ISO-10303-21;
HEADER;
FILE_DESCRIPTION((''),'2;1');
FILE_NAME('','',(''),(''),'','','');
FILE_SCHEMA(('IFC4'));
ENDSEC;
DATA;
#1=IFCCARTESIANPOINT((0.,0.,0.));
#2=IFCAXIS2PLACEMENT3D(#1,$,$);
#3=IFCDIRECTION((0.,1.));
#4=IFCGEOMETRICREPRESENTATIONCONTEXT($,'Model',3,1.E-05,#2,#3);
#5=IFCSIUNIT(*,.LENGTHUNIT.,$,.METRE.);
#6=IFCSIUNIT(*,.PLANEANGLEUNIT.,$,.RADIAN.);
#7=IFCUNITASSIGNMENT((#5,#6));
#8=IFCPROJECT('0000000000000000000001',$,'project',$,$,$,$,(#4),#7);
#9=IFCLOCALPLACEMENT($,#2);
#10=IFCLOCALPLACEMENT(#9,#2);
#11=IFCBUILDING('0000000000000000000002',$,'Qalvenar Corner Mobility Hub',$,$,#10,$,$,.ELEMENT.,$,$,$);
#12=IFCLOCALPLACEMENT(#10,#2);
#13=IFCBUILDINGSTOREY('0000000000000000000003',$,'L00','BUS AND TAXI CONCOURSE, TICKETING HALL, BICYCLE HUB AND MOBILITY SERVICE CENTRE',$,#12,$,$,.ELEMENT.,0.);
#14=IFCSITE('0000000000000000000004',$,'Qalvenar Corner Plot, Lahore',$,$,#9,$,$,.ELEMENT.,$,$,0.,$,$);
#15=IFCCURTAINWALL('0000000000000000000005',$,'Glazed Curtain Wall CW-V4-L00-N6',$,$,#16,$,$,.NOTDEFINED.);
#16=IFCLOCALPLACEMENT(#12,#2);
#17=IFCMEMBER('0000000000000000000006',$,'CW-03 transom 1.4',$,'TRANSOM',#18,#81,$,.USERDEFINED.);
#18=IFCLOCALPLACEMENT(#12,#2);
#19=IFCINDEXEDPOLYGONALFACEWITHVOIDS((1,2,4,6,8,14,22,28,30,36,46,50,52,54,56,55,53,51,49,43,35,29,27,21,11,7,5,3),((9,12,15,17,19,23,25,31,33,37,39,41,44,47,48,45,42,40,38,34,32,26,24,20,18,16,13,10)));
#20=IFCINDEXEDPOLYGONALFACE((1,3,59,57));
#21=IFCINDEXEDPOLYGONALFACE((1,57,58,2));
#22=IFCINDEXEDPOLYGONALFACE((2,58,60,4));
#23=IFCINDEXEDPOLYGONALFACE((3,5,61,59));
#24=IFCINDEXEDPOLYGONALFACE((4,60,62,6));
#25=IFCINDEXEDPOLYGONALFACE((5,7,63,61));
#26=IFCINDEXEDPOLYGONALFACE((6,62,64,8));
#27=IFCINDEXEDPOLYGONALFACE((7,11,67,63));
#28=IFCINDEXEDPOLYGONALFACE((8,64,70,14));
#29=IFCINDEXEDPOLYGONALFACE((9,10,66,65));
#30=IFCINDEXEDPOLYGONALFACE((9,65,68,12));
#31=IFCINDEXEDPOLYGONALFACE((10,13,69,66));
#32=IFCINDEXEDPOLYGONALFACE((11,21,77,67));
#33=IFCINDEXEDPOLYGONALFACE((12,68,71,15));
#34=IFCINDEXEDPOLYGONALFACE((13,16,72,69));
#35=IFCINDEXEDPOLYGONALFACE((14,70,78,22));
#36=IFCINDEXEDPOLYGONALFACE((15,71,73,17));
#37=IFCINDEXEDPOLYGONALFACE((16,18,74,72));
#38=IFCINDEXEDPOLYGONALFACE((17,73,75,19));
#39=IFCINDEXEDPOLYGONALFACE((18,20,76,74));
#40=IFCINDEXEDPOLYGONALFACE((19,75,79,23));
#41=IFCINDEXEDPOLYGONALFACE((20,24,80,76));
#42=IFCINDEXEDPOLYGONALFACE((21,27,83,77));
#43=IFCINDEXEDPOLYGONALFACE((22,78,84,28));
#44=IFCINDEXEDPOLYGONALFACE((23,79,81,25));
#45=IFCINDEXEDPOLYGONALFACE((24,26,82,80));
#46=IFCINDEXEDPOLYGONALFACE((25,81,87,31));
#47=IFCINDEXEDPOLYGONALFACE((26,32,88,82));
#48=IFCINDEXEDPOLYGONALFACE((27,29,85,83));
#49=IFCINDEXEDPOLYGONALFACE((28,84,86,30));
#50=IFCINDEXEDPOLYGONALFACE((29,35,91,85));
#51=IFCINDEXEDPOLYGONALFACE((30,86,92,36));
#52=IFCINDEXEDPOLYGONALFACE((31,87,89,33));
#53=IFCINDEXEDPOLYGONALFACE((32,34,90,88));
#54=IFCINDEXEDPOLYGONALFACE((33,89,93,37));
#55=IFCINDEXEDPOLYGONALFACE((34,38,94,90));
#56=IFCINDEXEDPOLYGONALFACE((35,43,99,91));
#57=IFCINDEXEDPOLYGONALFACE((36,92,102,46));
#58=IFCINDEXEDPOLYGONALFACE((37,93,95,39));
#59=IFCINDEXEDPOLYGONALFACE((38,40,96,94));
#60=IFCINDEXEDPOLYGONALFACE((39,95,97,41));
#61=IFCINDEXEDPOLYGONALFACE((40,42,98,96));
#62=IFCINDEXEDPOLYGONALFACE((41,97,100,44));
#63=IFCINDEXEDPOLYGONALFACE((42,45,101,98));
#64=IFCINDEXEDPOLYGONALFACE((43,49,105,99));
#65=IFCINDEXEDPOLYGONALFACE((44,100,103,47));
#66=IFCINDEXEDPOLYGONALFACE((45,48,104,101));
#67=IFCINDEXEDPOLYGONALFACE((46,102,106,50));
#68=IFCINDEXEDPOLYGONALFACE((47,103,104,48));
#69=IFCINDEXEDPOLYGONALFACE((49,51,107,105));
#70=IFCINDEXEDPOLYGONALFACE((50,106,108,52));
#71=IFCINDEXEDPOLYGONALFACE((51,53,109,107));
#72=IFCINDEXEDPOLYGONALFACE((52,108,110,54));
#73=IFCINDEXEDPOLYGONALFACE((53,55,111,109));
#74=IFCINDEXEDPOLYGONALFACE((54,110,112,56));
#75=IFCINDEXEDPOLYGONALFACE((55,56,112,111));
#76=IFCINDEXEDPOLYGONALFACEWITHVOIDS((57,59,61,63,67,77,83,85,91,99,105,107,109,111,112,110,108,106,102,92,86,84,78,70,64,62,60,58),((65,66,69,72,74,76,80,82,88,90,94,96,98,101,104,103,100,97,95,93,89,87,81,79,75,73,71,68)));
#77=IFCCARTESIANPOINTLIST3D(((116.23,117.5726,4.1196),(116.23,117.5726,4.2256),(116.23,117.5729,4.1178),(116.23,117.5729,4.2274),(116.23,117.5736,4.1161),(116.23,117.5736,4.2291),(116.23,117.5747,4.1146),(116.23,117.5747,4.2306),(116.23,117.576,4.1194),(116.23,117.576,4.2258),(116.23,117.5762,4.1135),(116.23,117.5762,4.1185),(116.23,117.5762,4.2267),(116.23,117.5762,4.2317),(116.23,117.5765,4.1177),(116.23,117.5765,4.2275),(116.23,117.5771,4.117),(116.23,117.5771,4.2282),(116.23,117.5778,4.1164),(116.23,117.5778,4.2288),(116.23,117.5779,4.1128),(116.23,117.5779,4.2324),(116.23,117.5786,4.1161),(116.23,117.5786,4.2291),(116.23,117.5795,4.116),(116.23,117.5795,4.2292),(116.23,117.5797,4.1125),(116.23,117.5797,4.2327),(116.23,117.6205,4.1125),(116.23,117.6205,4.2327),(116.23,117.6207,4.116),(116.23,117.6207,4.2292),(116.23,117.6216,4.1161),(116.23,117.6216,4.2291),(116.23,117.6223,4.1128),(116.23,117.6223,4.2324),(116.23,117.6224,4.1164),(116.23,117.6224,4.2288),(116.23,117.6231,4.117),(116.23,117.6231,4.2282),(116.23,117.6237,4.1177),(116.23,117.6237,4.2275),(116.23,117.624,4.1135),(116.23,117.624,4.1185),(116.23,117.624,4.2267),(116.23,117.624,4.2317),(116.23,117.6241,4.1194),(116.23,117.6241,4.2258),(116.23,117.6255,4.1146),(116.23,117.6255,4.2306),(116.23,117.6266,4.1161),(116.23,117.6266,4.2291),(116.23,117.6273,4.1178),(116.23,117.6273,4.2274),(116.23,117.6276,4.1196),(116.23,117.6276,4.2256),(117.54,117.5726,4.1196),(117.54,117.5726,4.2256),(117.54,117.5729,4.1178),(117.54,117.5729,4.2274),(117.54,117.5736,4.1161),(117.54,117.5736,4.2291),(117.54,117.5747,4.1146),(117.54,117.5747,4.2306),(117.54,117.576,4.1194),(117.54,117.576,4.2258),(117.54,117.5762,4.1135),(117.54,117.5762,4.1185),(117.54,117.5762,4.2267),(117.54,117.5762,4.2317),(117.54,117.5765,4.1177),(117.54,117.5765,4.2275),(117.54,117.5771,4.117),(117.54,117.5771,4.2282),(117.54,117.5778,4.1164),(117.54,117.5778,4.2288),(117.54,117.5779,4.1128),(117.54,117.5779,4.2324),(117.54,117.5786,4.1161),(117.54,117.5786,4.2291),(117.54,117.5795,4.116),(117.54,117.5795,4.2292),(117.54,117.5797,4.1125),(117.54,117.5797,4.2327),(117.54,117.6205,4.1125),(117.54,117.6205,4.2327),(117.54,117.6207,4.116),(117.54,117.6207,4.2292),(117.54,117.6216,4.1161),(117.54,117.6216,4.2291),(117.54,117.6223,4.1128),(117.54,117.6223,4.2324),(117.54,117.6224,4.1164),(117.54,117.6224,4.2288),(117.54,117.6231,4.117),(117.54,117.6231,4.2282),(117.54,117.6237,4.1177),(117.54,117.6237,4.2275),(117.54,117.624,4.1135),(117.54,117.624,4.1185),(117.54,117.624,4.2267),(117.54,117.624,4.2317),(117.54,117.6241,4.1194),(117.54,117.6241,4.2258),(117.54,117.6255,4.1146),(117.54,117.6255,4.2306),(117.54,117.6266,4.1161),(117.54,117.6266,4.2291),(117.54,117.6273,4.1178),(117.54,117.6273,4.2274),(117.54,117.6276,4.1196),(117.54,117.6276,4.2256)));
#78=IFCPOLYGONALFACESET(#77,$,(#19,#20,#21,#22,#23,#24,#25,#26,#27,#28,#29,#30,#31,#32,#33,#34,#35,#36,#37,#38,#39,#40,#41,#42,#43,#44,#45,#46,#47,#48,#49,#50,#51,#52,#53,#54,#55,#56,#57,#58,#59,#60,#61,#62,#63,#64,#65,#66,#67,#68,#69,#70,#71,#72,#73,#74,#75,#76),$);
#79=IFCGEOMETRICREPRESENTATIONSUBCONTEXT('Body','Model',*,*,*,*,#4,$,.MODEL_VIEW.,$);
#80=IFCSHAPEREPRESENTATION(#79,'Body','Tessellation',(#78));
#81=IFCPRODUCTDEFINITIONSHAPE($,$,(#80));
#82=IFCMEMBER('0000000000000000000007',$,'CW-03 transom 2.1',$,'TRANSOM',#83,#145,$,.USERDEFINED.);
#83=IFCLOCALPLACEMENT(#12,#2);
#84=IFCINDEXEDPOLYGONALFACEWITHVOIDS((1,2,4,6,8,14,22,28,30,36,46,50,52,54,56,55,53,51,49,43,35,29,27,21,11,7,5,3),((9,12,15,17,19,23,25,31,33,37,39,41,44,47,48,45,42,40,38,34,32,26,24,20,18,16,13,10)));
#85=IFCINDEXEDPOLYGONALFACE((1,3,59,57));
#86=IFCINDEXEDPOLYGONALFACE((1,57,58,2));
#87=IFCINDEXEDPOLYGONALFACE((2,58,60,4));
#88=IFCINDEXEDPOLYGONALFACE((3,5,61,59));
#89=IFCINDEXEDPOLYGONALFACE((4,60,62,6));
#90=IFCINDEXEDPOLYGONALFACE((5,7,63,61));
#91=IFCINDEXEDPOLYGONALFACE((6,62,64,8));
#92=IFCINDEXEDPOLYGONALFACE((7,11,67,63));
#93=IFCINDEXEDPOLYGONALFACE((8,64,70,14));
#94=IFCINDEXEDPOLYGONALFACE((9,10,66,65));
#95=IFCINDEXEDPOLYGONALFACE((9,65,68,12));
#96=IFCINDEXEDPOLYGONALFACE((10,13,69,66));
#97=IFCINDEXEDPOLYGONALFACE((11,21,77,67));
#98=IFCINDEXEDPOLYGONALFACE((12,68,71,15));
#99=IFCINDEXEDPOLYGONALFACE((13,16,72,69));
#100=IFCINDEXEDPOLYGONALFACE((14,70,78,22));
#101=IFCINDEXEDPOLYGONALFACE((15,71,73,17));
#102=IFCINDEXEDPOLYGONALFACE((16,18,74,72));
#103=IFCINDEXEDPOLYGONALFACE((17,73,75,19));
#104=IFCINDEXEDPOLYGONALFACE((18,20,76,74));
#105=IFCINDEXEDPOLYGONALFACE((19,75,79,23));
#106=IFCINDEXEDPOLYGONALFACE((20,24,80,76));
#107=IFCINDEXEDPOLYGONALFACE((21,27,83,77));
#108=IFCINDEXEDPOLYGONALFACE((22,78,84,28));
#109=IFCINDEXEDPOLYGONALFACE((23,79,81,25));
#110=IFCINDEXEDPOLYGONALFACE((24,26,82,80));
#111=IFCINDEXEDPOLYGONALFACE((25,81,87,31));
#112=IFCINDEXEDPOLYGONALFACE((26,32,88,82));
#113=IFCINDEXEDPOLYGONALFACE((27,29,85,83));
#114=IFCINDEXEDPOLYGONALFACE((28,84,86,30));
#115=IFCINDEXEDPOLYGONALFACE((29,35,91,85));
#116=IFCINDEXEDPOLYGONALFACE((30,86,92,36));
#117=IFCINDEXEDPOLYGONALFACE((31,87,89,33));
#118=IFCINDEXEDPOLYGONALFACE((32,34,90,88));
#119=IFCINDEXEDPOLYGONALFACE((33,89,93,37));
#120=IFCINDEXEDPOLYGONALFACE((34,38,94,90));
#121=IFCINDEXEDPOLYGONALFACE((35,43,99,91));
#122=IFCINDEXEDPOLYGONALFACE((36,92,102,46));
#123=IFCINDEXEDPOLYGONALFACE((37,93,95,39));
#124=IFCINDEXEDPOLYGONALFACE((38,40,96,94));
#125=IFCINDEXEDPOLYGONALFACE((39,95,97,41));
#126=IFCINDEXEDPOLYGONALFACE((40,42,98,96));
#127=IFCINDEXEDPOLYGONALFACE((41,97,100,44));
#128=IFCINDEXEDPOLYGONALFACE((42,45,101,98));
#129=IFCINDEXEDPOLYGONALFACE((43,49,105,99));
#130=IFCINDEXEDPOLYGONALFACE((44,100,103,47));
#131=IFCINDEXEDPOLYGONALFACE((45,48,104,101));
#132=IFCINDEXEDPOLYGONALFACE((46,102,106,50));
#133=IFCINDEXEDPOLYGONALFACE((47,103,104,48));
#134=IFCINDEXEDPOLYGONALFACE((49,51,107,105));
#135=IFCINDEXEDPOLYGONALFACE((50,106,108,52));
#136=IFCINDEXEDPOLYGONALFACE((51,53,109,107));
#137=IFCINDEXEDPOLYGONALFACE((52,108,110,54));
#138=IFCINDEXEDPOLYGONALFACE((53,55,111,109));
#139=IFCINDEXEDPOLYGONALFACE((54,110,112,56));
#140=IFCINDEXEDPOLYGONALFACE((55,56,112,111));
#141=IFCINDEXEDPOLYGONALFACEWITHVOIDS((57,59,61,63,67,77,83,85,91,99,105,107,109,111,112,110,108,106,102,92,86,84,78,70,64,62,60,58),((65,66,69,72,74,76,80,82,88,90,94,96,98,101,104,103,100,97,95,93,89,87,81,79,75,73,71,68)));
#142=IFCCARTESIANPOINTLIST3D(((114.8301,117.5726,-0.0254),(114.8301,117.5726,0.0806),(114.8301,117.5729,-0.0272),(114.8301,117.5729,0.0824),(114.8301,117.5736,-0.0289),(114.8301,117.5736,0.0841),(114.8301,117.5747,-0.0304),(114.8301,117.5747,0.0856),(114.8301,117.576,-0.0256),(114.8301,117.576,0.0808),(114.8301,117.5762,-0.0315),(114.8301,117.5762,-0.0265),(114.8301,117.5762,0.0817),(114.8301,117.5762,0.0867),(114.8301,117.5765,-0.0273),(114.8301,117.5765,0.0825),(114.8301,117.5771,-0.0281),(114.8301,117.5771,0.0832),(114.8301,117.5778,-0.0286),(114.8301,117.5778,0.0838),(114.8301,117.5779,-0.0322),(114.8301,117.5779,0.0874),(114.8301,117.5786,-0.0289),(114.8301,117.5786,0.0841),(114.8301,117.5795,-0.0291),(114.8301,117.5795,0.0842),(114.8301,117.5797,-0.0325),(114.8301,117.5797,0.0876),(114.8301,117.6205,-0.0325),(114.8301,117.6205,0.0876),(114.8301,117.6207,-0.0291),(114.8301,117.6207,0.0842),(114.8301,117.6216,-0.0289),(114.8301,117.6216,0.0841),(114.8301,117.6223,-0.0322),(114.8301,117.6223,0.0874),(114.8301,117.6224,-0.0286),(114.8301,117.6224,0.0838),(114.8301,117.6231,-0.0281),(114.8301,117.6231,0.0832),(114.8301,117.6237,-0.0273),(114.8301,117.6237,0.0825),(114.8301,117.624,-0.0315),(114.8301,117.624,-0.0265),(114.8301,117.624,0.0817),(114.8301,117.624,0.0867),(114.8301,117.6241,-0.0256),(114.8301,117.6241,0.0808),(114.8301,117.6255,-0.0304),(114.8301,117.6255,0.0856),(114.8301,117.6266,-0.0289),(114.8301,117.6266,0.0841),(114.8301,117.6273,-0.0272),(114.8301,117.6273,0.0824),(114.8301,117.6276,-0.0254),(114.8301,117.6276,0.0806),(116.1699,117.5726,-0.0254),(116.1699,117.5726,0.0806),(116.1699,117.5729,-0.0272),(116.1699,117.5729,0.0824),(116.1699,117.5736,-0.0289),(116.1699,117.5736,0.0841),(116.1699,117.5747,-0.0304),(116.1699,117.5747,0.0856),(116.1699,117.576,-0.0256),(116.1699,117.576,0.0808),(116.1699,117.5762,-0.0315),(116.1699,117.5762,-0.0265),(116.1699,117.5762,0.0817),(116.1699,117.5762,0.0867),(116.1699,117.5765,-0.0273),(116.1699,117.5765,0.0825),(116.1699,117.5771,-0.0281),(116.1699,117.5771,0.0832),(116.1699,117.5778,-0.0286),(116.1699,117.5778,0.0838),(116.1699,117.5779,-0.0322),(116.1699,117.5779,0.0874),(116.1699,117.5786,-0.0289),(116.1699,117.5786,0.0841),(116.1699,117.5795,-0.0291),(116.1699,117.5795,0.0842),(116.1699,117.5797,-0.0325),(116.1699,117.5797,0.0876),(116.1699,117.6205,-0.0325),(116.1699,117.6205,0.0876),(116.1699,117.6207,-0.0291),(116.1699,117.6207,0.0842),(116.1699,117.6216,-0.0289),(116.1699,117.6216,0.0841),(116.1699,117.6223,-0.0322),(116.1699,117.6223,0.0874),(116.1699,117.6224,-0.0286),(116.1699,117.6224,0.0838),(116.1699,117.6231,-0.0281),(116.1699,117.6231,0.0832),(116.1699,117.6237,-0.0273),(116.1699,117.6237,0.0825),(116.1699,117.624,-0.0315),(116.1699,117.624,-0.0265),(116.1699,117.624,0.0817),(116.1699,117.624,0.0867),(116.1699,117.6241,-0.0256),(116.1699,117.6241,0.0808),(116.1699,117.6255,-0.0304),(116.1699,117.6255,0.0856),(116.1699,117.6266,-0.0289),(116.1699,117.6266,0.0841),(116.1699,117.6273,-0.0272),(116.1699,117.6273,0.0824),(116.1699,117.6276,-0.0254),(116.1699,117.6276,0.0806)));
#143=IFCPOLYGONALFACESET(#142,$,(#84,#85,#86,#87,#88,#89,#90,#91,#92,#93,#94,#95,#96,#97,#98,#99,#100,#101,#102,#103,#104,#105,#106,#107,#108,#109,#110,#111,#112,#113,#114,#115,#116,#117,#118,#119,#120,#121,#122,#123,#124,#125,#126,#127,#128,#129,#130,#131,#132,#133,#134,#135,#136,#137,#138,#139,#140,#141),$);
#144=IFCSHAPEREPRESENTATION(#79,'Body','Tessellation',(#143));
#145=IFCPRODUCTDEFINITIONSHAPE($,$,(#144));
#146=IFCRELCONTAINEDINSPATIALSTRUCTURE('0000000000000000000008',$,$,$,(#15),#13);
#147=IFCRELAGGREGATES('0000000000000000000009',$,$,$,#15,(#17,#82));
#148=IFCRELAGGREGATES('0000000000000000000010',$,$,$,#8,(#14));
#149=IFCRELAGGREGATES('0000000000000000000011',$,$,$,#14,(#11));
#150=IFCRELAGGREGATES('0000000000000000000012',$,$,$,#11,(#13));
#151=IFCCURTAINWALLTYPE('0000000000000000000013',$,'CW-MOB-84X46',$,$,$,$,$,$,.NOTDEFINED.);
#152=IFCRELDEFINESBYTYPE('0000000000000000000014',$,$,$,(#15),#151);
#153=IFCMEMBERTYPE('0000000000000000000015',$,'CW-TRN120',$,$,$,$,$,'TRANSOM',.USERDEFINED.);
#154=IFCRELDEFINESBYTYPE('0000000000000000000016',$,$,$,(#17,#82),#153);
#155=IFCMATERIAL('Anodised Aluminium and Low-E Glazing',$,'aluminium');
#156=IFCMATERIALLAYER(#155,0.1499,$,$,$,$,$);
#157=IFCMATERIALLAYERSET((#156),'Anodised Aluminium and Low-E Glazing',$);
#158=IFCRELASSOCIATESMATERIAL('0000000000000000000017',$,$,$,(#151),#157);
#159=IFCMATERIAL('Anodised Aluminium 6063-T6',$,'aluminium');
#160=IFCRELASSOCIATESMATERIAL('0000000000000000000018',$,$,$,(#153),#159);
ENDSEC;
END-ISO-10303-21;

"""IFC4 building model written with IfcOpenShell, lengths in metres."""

from ifc_helpers import new_model, si_unit, direction, frame, origin, origin_2d, place, context, subcontext, project, spatial, hollow_rectangle, extrude, material, layer, layer_set, material_profile, profile_set, type_object, element, aggregate, save


model = new_model("IFC4")

# Units and contexts
model_context = context("Model", 3, precision=1e-05, world=origin(), true_north=direction((0.0, 1.0)))
body_context = subcontext(model_context, "Body", "Model", "MODEL_VIEW")
ifc_project = project(units=[si_unit("LENGTHUNIT", "METRE"), si_unit("PLANEANGLEUNIT", "RADIAN")], contexts=[model_context])

# Site, building, storey
site_placement = place(None, origin())
site = spatial("IfcSite", under=ifc_project, at=site_placement, Name="Qalvenar Corner Plot, Lahore", CompositionType="ELEMENT", RefElevation=0.0)
building_placement = place(site_placement, origin())
building = spatial("IfcBuilding", under=site, at=building_placement, Name="Qalvenar Corner Mobility Hub", CompositionType="ELEMENT")
storey_placement = place(building_placement, origin())
storey = spatial("IfcBuildingStorey", under=building, at=storey_placement, Name="L00", Description="BUS AND TAXI CONCOURSE, TICKETING HALL, BICYCLE HUB AND MOBILITY SERVICE CENTRE", CompositionType="ELEMENT", Elevation=0.0)

# Curtain wall, members
ifc_material_1 = material(Name="Anodised Aluminium and Low-E Glazing", Category="aluminium")
ifc_layer_1 = layer(ifc_material_1, 0.1499)
ifc_layer_set_1 = layer_set([ifc_layer_1], Name="Anodised Aluminium and Low-E Glazing")
curtain_wall_type = type_object("IfcCurtainWallType", Name="CW-MOB-84X46", PredefinedType="NOTDEFINED", material=ifc_layer_set_1)
curtain_wall_placement = place(storey_placement, origin())
curtain_wall = element("IfcCurtainWall", 1, at=curtain_wall_placement, inside=storey, type_object=curtain_wall_type, Name="Glazed Curtain Wall CW-V4-L00-N6", PredefinedType="NOTDEFINED")
ifc_material_2 = material(Name="Anodised Aluminium 6063-T6", Category="aluminium")
ifc_material_profile_1 = material_profile(ifc_material_2, hollow_rectangle(XDim=0.0549, YDim=0.1201, WallThickness=0.0034, InnerFilletRadius=0.0034, OuterFilletRadius=0.0071, at=origin_2d()), Name="RHS120x55x3.5")
ifc_profile_set_1 = profile_set([ifc_material_profile_1], Name="Anodised Aluminium 6063-T6")
member_type_1 = type_object("IfcMemberType", Name="CW-TRN120", ElementType="TRANSOM", PredefinedType="USERDEFINED", material=ifc_profile_set_1)
member_1_placement = place(storey_placement, frame((117.54, 117.6001, 4.1726), z_axis=(-1.0, 0.0, 0.0), x_axis=(0.0, -1.0, 0.0)))
member_1 = element("IfcMember", 2, at=member_1_placement, type_object=member_type_1, Name="CW-03 transom 1.4", ObjectType="TRANSOM", PredefinedType="USERDEFINED", context=body_context, shape_type="SweptSolid", body=[
    extrude(hollow_rectangle(XDim=0.0549, YDim=0.1201, WallThickness=0.0034, InnerFilletRadius=0.0034, OuterFilletRadius=0.0071, at=origin_2d()), origin(), (0.0, 0.0, 1.0), 1.3101),
])
member_2_placement = place(storey_placement, frame((116.1699, 117.6001, 0.0276), z_axis=(-1.0, 0.0, 0.0), x_axis=(0.0, -1.0, 0.0)))
member_2 = element("IfcMember", 3, at=member_2_placement, type_object=member_type_1, Name="CW-03 transom 2.1", ObjectType="TRANSOM", PredefinedType="USERDEFINED", context=body_context, shape_type="SweptSolid", body=[
    extrude(hollow_rectangle(XDim=0.0549, YDim=0.1201, WallThickness=0.0034, InnerFilletRadius=0.0034, OuterFilletRadius=0.0071, at=origin_2d()), origin(), (0.0, 0.0, 1.0), 1.3398),
])
aggregate(curtain_wall, [member_1, member_2])

save(model, "model.ifc")
